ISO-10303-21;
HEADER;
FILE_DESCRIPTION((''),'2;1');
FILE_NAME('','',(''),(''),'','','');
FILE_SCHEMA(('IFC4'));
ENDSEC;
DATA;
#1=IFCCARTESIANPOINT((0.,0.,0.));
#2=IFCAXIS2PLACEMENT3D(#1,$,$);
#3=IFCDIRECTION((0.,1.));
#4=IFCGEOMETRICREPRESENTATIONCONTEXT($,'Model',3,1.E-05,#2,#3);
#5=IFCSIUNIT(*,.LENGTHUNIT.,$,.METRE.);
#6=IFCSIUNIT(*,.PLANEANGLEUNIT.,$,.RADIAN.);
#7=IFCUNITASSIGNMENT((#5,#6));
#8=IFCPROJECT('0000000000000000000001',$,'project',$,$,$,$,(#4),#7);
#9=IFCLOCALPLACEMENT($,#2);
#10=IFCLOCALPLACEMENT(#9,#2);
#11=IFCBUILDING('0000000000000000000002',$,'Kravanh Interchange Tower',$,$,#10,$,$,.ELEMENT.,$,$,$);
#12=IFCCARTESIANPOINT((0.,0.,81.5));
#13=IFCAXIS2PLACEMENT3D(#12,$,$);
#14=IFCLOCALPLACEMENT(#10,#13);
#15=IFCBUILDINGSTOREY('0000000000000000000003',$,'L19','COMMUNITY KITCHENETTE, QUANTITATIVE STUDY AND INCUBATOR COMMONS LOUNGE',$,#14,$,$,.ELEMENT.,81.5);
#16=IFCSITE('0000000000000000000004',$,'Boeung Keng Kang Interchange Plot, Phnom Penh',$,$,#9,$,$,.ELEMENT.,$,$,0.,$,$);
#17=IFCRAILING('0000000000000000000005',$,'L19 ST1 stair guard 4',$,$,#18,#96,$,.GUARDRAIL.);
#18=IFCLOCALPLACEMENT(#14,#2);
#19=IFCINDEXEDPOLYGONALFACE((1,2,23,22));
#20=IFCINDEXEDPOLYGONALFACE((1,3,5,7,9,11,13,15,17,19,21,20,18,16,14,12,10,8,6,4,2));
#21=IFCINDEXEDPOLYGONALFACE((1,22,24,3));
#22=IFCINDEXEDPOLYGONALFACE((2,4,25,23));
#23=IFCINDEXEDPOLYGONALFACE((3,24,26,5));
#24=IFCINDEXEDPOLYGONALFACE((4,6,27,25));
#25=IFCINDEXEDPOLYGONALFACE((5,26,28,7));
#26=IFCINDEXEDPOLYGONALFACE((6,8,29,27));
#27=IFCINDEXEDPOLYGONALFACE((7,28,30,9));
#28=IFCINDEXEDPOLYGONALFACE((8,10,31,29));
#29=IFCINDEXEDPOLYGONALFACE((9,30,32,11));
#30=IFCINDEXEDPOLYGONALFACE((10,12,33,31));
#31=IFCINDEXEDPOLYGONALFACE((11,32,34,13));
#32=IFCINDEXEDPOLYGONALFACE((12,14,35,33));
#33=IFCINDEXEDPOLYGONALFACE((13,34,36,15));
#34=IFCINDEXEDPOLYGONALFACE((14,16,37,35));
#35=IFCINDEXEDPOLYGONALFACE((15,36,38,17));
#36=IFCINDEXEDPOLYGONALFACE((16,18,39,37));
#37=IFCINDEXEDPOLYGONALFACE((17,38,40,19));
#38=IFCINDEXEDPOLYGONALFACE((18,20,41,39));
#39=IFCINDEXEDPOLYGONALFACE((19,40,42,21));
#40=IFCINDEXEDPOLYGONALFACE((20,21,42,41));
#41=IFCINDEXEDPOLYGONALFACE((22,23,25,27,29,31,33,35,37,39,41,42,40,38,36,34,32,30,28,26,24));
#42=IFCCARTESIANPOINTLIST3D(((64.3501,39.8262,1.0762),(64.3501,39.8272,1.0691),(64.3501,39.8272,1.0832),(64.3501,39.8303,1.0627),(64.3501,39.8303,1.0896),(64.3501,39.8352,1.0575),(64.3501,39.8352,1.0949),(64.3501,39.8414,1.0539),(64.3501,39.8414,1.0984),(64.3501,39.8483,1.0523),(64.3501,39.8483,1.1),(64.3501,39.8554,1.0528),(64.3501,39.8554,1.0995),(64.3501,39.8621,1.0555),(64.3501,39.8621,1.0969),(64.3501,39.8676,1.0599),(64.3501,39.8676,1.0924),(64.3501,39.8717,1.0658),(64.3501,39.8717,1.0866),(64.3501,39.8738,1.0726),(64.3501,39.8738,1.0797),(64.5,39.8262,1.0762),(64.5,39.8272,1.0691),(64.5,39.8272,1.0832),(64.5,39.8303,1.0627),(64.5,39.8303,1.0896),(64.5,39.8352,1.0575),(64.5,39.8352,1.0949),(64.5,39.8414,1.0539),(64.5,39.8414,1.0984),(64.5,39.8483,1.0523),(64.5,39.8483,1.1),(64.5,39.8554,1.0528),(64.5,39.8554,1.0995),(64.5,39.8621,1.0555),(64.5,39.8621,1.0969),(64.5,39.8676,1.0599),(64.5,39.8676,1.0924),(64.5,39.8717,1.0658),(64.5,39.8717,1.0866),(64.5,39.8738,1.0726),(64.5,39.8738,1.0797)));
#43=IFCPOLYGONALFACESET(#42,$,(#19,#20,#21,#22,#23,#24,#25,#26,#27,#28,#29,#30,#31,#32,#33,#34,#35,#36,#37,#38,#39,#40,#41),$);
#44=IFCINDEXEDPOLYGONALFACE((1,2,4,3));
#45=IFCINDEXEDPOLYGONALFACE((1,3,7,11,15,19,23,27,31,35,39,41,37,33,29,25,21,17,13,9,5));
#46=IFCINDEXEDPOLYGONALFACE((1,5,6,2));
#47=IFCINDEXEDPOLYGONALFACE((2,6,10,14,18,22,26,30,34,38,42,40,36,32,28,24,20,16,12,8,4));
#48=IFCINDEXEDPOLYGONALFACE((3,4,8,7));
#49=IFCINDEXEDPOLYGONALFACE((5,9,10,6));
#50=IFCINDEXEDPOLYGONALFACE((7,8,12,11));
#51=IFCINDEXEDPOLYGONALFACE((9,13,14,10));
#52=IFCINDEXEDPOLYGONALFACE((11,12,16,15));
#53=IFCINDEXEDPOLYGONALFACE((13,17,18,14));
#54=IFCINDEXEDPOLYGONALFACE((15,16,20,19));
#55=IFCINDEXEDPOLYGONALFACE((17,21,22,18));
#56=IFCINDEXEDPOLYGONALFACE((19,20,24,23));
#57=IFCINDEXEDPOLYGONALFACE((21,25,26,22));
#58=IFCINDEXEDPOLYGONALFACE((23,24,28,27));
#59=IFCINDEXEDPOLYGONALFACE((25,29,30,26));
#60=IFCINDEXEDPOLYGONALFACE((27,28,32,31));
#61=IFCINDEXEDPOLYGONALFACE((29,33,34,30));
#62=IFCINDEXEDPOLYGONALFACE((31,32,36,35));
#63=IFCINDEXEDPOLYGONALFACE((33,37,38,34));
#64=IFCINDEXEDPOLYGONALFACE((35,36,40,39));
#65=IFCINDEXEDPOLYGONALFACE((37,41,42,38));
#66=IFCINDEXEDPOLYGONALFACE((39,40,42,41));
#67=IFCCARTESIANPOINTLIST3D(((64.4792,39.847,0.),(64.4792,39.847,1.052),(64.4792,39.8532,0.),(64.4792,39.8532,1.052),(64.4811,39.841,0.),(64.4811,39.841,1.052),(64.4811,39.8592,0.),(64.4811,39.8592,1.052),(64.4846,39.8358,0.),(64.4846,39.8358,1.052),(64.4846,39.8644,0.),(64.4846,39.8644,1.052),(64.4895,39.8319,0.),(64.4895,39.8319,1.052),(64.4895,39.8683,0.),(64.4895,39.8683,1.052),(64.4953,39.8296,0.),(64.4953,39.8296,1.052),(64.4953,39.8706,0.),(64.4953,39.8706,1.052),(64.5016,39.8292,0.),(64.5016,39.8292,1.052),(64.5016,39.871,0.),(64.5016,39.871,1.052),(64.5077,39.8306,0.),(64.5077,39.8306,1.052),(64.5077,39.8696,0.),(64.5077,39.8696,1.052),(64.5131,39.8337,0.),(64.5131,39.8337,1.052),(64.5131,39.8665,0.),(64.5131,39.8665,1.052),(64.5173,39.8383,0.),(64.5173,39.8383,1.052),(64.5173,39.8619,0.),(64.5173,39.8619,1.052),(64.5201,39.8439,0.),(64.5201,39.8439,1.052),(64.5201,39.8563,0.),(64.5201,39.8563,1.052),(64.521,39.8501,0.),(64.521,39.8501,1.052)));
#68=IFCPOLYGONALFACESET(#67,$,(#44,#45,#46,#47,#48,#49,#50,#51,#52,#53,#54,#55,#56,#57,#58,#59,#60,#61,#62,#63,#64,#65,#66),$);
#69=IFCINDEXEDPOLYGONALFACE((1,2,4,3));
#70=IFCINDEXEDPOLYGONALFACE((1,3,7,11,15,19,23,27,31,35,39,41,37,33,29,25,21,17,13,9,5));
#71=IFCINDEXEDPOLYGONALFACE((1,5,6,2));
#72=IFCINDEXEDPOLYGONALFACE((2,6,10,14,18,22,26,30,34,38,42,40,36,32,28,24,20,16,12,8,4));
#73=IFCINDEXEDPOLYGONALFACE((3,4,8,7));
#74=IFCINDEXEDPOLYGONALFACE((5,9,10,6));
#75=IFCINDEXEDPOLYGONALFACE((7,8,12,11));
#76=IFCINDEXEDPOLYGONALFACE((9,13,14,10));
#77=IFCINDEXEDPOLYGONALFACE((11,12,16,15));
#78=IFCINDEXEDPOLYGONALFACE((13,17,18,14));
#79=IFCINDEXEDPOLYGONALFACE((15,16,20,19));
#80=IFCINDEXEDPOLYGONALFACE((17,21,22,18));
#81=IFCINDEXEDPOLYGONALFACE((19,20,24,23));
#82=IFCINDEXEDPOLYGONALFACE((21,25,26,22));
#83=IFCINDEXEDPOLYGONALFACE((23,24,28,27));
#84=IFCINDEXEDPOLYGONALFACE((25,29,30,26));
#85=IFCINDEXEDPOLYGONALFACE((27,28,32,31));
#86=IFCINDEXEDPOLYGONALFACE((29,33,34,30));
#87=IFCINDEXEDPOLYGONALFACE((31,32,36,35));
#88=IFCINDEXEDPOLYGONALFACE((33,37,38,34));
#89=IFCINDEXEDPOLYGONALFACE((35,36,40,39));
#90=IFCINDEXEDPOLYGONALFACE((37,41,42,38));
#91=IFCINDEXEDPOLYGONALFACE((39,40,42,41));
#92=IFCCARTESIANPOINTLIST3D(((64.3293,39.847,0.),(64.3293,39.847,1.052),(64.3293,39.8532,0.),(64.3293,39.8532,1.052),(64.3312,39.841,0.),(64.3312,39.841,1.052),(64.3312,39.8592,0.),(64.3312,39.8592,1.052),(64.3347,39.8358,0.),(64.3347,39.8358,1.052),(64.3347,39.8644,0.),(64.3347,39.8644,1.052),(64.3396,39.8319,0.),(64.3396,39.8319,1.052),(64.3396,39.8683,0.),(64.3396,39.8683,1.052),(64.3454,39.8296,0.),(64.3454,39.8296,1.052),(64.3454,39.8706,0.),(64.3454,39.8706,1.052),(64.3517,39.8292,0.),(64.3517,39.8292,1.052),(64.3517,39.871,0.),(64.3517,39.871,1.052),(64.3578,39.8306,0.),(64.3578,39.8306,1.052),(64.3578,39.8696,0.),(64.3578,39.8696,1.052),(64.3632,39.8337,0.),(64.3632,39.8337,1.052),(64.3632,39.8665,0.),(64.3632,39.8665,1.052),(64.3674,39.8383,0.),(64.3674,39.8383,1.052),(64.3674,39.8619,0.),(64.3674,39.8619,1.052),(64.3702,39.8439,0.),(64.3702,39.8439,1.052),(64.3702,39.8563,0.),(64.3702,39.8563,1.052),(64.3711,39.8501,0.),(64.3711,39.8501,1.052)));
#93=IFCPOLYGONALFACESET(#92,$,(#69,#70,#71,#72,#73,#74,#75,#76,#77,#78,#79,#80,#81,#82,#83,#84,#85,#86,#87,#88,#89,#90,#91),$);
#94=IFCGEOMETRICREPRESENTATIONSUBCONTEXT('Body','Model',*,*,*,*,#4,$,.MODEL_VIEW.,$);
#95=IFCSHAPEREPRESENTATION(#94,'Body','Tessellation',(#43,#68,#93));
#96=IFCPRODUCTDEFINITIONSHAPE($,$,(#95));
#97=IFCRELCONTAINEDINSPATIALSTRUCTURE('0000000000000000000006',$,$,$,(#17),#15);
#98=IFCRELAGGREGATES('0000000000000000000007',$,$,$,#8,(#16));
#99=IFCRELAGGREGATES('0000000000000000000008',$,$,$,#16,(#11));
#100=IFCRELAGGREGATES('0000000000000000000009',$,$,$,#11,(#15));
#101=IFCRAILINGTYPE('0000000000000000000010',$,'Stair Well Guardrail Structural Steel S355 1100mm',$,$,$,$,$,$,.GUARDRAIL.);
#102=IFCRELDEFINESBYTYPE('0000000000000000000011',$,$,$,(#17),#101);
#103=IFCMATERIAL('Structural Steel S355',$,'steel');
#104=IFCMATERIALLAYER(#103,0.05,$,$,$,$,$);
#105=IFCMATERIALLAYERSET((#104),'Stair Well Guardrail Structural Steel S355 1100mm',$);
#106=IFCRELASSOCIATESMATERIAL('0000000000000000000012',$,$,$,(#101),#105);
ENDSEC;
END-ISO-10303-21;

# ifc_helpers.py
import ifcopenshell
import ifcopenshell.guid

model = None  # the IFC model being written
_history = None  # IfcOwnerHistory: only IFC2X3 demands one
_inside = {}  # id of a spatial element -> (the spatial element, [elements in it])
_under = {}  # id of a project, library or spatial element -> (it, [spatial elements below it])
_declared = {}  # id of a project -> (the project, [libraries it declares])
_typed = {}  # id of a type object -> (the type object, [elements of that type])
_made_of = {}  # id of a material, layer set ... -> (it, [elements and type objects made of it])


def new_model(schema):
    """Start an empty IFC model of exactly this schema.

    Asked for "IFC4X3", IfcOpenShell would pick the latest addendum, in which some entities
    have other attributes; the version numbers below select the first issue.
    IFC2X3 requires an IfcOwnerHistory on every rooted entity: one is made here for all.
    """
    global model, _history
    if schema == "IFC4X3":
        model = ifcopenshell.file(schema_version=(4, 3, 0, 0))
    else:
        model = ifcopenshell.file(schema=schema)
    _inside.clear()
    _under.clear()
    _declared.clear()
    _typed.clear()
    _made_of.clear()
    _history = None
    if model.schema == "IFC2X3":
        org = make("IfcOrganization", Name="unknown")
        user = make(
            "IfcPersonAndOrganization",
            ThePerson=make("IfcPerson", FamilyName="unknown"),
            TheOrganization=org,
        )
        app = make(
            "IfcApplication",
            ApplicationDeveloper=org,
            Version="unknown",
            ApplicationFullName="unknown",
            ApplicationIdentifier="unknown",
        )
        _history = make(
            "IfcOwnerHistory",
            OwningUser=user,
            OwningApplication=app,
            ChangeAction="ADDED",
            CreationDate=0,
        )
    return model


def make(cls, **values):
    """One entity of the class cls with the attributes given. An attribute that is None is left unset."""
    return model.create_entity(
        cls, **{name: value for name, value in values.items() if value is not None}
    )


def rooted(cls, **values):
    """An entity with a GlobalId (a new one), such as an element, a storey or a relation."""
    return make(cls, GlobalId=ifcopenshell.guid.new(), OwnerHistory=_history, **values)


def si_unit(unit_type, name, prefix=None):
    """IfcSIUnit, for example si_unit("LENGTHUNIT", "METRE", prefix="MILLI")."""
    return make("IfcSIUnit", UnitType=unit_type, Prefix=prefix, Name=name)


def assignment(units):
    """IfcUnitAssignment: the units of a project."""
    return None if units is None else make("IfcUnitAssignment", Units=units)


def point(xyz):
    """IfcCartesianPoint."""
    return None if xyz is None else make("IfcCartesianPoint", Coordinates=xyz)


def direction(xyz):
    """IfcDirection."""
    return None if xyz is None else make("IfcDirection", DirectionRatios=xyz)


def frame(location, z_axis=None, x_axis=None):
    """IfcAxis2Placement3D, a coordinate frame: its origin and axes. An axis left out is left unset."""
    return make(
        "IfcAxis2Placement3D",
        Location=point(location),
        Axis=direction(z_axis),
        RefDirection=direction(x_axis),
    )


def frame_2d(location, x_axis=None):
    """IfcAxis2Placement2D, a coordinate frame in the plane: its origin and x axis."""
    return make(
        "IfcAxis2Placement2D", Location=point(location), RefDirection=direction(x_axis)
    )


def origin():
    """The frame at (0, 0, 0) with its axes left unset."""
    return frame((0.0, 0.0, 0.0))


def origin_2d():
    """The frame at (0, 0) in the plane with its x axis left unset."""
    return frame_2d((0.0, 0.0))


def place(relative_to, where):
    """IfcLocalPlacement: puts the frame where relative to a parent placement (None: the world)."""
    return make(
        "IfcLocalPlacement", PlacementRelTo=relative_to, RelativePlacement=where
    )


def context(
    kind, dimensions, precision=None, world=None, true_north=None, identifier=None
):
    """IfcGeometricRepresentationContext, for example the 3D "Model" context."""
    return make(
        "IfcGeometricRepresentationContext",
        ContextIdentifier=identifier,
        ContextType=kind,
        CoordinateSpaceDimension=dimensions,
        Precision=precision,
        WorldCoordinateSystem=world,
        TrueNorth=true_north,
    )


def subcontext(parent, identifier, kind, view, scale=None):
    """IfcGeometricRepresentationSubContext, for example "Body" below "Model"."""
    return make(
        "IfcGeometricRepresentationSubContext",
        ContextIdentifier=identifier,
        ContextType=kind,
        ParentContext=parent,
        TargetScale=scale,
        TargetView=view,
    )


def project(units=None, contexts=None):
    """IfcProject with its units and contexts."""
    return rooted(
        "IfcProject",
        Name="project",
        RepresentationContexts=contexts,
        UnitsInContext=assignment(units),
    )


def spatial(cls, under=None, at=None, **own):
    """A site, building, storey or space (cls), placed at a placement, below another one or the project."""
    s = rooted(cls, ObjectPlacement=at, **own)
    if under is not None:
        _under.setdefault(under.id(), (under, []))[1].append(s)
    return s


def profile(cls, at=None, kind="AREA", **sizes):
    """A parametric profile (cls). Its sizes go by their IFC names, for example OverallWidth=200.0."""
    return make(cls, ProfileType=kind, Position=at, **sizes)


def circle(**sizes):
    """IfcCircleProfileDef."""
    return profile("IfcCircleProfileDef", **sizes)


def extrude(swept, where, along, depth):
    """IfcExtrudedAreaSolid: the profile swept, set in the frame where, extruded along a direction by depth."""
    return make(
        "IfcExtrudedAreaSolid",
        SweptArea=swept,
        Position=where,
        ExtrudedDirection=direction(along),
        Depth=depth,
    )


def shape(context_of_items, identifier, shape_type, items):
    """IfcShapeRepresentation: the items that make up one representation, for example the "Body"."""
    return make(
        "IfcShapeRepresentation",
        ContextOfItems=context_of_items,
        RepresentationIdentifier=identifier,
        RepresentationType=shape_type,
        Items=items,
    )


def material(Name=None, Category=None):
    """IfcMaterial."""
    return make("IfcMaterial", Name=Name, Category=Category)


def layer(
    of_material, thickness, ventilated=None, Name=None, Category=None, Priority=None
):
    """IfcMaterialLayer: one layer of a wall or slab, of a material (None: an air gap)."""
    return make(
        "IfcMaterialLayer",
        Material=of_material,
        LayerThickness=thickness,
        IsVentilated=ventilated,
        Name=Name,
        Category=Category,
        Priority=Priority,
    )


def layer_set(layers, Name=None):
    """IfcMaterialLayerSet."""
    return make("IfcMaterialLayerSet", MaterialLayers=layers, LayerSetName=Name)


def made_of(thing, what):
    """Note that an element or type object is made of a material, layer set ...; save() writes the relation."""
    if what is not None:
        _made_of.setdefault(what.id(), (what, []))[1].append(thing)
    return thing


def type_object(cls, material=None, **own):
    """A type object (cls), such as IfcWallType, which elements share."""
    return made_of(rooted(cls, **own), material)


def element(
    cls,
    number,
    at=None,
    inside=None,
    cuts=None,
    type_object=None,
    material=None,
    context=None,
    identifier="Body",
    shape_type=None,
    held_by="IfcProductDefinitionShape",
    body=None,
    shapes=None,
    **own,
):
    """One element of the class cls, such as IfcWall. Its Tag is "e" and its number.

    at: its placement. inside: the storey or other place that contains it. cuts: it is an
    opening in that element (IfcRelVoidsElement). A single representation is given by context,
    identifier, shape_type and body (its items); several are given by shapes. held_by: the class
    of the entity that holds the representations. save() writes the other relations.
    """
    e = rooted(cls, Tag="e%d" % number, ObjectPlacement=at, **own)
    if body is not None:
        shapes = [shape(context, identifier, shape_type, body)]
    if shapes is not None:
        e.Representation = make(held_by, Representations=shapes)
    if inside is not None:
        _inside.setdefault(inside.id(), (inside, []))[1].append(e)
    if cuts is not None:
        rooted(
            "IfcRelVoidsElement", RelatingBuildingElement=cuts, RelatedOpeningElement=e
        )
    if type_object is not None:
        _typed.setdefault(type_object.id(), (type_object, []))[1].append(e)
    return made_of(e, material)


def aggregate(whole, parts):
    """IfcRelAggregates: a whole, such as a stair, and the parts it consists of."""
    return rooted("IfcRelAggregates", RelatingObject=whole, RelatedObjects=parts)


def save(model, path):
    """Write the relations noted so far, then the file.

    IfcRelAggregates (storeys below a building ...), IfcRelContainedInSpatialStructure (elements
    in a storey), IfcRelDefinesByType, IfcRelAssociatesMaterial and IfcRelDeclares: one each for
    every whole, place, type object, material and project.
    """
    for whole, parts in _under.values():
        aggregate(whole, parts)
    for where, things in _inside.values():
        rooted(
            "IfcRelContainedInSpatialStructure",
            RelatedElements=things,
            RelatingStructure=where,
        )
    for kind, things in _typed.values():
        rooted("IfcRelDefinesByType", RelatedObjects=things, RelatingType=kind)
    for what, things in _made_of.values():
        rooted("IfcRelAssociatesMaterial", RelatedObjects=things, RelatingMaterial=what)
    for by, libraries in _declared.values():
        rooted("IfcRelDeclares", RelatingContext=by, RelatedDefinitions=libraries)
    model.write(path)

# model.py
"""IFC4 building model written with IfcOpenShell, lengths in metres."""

from ifc_helpers import new_model, si_unit, direction, frame, origin, origin_2d, place, context, subcontext, project, spatial, circle, extrude, material, layer, layer_set, type_object, element, save


model = new_model("IFC4")

# Units and contexts
model_context = context("Model", 3, precision=1e-05, world=origin(), true_north=direction((0.0, 1.0)))
body_context = subcontext(model_context, "Body", "Model", "MODEL_VIEW")
ifc_project = project(units=[si_unit("LENGTHUNIT", "METRE"), si_unit("PLANEANGLEUNIT", "RADIAN")], contexts=[model_context])

# Site, building, storey
site_placement = place(None, origin())
site = spatial("IfcSite", under=ifc_project, at=site_placement, Name="Boeung Keng Kang Interchange Plot, Phnom Penh", CompositionType="ELEMENT", RefElevation=0.0)
building_placement = place(site_placement, origin())
building = spatial("IfcBuilding", under=site, at=building_placement, Name="Kravanh Interchange Tower", CompositionType="ELEMENT")
storey_placement = place(building_placement, frame((0.0, 0.0, 81.5)))
storey = spatial("IfcBuildingStorey", under=building, at=storey_placement, Name="L19", Description="COMMUNITY KITCHENETTE, QUANTITATIVE STUDY AND INCUBATOR COMMONS LOUNGE", CompositionType="ELEMENT", Elevation=81.5)

# Railing
ifc_material_1 = material(Name="Structural Steel S355", Category="steel")
ifc_layer_1 = layer(ifc_material_1, 0.05)
ifc_layer_set_1 = layer_set([ifc_layer_1], Name="Stair Well Guardrail Structural Steel S355 1100mm")
railing_type_1 = type_object("IfcRailingType", Name="Stair Well Guardrail Structural Steel S355 1100mm", PredefinedType="GUARDRAIL", material=ifc_layer_set_1)
railing_1_placement = place(storey_placement, frame((64.5, 39.8501, 0.0)))
element("IfcRailing", 1, at=railing_1_placement, inside=storey, type_object=railing_type_1, Name="L19 ST1 stair guard 4", PredefinedType="GUARDRAIL", context=body_context, shape_type="SweptSolid", body=[
    extrude(circle(Radius=0.0239, at=origin_2d()), frame((0.0, 0.0, 1.0762), z_axis=(-1.0, 0.0, 0.0), x_axis=(0.0, -1.0, 0.0)), (0.0, 0.0, 1.0), 0.1499),
    extrude(circle(Radius=0.021, at=origin_2d()), origin(), (0.0, 0.0, 1.0), 1.052),
    extrude(circle(Radius=0.021, at=origin_2d()), frame((-0.1499, 0.0, 0.0)), (0.0, 0.0, 1.0), 1.052),
])

save(model, "model.ifc")
